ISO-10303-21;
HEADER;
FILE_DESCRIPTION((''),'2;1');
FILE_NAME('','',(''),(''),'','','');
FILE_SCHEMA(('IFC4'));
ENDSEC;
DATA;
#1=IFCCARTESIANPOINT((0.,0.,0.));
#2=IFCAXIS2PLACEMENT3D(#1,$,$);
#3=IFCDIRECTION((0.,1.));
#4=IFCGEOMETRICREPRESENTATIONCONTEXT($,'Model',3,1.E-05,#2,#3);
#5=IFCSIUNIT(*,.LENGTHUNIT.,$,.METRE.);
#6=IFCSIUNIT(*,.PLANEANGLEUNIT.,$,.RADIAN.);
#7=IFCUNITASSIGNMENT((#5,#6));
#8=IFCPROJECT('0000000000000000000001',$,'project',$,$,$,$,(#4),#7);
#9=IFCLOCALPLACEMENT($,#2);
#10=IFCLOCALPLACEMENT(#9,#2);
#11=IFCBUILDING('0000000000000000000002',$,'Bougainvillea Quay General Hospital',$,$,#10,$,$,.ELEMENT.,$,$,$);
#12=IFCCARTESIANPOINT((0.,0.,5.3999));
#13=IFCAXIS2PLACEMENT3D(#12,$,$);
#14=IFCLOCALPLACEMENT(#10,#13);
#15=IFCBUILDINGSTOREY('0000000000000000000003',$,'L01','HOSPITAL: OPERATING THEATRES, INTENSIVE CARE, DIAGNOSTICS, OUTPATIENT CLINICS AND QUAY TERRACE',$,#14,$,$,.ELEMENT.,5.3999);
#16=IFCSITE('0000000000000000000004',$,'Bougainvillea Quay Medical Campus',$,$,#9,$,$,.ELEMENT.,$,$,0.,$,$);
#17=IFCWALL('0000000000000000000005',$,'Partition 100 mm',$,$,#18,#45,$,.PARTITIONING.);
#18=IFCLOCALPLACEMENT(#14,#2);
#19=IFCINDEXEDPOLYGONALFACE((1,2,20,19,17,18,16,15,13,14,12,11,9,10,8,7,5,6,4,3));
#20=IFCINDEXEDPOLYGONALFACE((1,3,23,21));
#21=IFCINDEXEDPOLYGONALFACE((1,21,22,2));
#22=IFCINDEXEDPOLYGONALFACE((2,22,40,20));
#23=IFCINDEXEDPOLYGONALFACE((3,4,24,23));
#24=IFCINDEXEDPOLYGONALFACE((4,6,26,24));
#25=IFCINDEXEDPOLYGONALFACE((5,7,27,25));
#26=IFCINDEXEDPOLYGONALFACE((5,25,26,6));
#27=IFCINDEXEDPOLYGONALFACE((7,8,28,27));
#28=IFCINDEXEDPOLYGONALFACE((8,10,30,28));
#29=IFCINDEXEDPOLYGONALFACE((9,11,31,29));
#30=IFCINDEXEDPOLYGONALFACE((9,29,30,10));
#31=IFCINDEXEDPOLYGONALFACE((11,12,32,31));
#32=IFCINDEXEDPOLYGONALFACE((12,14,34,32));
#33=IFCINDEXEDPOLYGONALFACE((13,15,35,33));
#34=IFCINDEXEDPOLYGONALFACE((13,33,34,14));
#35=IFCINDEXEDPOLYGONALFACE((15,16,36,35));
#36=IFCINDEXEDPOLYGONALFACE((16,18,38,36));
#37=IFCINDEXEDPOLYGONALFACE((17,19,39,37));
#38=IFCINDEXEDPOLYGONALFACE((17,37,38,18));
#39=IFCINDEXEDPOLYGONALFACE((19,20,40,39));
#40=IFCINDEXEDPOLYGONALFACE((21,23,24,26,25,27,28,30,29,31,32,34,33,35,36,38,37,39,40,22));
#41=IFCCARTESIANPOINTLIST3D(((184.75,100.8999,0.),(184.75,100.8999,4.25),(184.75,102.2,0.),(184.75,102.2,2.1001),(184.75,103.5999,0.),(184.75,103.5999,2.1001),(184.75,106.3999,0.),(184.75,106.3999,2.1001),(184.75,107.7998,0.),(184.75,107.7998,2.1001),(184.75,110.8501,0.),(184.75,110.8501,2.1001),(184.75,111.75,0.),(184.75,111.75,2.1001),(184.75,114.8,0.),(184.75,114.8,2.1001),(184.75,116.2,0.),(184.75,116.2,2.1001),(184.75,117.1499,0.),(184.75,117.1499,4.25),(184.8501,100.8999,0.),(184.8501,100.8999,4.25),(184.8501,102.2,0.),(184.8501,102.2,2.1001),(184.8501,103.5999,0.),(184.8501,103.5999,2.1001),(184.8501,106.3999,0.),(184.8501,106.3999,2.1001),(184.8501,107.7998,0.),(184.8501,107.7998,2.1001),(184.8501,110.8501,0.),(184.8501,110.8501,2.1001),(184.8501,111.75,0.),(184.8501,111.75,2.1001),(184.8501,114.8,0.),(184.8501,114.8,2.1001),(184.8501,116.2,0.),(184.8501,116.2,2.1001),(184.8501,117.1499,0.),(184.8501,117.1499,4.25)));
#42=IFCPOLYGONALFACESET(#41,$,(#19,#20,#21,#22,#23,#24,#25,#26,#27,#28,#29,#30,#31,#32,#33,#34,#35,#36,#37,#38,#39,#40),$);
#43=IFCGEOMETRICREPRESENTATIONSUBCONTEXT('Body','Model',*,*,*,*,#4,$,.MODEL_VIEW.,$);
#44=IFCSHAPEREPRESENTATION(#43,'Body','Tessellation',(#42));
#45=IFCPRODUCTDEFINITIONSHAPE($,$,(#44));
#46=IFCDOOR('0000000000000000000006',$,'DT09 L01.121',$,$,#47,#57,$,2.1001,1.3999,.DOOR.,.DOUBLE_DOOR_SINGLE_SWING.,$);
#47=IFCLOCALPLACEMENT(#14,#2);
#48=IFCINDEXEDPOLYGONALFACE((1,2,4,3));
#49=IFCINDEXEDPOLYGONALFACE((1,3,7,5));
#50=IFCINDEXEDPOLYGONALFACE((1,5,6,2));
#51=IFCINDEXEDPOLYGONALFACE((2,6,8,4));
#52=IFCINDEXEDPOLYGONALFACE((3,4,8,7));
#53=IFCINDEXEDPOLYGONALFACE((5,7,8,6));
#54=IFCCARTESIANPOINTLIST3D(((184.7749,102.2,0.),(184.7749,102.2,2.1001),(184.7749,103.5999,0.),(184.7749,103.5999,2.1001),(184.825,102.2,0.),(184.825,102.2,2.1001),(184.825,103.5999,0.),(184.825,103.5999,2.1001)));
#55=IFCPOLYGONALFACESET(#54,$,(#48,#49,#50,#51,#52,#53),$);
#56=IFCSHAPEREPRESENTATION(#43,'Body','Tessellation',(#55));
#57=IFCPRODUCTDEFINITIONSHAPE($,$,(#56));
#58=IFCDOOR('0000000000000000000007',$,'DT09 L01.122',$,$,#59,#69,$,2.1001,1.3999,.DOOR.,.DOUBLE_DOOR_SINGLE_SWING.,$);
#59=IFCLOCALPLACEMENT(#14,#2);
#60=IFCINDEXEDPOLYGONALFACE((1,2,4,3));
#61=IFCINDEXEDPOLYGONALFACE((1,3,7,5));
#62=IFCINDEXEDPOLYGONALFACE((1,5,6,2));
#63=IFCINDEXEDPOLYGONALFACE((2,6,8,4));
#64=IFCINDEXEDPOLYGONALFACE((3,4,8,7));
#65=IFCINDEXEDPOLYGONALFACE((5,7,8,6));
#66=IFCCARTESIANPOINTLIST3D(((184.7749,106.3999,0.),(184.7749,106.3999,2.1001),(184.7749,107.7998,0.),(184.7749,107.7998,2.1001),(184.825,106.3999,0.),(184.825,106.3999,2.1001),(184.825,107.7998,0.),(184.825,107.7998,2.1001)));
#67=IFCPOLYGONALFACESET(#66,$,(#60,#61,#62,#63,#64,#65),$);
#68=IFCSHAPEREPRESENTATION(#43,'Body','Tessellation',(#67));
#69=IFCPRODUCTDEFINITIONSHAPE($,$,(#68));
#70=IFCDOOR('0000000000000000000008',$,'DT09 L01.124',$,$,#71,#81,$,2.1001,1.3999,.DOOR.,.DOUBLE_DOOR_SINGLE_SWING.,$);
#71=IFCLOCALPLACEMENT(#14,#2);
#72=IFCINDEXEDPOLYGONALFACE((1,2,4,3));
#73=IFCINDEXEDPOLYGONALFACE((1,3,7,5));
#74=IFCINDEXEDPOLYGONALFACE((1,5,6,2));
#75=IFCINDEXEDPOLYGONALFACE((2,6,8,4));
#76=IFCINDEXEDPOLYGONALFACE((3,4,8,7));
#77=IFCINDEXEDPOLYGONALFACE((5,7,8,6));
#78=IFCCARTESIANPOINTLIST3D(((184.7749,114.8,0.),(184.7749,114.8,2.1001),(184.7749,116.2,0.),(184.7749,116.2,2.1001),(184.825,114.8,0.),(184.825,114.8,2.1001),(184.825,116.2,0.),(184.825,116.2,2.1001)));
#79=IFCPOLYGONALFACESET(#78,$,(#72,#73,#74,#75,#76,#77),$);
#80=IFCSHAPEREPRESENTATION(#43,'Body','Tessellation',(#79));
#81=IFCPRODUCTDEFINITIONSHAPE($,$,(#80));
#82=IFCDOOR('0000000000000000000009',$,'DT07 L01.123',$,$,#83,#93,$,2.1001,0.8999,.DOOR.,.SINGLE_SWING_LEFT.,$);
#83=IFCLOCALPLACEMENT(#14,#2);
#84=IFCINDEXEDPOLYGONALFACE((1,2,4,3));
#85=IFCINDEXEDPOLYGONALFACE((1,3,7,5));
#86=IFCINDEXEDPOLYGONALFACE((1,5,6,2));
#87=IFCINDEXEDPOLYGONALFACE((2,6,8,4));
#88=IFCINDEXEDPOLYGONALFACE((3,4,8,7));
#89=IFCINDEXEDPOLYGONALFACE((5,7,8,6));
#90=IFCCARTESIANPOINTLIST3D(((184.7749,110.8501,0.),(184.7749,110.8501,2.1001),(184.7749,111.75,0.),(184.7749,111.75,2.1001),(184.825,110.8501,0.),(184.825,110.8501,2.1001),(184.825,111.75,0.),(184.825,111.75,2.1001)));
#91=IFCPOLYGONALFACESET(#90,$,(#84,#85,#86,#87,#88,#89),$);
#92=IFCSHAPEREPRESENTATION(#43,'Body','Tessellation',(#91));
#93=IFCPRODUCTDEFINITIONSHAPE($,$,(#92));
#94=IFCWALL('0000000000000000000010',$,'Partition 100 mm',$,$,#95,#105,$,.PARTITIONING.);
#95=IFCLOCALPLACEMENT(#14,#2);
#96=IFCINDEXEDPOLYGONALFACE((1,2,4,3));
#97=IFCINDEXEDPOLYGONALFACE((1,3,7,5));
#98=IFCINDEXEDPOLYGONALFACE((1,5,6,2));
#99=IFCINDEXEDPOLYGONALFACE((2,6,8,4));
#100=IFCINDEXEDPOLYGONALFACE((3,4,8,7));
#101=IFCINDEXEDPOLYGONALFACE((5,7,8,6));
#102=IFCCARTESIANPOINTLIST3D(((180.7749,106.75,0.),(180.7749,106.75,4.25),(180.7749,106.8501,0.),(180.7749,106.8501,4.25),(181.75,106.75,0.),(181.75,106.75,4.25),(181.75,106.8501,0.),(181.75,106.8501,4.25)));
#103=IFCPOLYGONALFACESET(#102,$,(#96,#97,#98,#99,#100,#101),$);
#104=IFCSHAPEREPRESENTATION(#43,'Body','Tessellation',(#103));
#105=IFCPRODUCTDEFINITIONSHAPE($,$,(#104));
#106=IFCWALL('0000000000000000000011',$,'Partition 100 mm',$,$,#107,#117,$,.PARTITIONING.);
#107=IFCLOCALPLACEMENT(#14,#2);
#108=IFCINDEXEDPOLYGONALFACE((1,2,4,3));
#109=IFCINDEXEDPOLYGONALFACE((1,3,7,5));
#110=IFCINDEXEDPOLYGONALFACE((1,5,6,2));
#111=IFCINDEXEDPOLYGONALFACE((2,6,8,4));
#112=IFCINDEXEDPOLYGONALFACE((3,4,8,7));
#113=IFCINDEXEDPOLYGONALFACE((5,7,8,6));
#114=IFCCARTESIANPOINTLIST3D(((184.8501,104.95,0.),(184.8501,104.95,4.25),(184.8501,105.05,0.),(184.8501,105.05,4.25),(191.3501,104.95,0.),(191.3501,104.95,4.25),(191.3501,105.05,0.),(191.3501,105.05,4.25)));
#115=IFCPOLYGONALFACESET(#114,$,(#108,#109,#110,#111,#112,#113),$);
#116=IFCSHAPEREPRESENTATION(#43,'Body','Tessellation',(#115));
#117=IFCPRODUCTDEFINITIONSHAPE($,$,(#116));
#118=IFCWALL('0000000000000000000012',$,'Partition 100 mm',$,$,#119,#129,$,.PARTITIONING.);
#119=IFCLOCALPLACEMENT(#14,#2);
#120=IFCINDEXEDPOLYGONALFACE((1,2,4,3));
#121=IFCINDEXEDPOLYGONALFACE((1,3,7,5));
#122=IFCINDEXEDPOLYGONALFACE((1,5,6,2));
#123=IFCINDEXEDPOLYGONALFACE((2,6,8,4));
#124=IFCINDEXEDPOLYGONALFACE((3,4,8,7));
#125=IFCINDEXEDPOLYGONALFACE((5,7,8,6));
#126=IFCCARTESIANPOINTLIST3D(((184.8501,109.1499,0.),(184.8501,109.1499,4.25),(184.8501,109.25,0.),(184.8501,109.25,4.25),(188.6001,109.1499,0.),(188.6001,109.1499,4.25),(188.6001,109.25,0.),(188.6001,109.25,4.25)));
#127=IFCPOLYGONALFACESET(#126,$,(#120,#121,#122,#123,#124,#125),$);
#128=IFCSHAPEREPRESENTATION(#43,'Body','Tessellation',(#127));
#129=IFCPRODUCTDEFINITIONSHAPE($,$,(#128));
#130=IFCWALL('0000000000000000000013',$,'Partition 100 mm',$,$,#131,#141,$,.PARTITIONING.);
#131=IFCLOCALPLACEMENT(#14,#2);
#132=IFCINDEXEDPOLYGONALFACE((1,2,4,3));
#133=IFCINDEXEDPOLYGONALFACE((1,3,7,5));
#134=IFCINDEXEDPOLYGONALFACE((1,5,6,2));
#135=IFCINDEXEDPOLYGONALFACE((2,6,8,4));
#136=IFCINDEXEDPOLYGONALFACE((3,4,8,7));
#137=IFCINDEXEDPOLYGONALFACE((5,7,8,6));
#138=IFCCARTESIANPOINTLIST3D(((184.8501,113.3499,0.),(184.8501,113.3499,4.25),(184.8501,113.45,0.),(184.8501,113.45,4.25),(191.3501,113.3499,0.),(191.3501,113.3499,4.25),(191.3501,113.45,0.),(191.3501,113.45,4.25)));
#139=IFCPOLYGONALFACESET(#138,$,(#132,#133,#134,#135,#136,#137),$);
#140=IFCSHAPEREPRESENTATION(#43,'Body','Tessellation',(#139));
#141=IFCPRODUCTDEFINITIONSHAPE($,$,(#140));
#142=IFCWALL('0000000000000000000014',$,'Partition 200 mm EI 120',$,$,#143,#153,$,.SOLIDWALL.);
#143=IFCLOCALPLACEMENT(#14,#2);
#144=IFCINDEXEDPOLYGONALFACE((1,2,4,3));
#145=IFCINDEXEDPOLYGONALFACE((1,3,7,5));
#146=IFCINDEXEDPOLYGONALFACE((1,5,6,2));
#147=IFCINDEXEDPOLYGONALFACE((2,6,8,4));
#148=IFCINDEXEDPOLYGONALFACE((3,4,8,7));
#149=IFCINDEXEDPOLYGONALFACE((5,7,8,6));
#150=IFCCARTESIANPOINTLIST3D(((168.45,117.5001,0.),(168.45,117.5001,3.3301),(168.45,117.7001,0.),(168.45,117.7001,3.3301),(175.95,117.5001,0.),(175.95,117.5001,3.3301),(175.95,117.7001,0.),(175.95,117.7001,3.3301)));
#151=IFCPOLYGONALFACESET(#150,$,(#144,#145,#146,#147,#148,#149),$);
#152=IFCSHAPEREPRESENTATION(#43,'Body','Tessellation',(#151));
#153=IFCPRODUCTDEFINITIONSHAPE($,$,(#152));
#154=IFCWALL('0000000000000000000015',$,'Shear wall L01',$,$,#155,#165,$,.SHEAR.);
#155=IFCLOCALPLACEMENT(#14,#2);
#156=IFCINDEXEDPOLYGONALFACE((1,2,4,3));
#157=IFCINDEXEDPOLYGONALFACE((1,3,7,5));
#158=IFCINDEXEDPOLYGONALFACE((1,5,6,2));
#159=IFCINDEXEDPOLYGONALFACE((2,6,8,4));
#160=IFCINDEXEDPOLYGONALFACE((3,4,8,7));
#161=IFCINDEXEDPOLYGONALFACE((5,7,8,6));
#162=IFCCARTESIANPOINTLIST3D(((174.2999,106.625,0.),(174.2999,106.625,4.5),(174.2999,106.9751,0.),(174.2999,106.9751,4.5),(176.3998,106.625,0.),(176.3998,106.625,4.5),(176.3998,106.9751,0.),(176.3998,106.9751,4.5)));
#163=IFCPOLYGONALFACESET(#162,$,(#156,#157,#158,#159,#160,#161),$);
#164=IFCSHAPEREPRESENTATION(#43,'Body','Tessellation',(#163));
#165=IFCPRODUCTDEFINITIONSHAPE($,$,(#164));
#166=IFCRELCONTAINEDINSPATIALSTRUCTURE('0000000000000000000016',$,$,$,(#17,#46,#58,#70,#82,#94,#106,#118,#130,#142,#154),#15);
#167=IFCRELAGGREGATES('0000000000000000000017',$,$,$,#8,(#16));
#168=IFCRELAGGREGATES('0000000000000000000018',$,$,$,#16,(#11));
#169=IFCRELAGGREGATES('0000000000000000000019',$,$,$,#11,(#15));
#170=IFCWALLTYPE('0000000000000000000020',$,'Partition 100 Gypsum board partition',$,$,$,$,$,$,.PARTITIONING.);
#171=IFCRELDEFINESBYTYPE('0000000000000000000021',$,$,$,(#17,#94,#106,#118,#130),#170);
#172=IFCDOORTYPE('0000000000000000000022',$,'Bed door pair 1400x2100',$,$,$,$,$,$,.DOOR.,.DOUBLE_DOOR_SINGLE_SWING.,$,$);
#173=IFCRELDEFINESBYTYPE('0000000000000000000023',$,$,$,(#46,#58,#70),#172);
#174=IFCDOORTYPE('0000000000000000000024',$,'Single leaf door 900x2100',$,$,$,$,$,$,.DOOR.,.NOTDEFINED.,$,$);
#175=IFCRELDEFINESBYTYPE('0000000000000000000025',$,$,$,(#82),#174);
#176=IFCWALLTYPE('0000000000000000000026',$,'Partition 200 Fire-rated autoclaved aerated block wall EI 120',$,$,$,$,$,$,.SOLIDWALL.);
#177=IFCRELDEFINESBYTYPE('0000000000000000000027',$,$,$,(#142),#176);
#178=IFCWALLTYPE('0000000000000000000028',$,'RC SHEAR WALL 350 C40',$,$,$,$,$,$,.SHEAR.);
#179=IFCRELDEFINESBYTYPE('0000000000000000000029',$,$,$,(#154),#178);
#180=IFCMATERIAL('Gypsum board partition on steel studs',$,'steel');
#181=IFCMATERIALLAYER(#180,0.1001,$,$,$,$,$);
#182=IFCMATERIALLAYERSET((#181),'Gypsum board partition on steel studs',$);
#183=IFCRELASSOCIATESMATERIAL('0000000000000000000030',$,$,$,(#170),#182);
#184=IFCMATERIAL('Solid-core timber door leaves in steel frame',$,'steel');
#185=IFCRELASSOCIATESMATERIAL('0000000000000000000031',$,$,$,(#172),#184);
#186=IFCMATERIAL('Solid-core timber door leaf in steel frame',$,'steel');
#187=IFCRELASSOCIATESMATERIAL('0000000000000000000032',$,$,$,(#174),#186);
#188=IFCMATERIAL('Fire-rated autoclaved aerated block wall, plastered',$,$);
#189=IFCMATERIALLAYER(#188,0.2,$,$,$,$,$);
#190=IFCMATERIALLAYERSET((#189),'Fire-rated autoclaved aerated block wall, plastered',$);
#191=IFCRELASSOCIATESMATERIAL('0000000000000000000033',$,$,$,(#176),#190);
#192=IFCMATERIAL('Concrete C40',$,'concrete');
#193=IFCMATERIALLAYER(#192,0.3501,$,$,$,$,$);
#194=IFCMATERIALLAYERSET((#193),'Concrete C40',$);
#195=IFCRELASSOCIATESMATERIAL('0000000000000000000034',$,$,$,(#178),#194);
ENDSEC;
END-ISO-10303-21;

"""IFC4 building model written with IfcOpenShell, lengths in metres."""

from ifc_helpers import new_model, si_unit, direction, frame, frame_2d, origin, place, context, subcontext, project, spatial, rectangle, extrude, material, layer, layer_set, type_object, element, fill, save


model = new_model("IFC4")

# Units and contexts
model_context = context("Model", 3, precision=1e-05, world=origin(), true_north=direction((0.0, 1.0)))
body_context = subcontext(model_context, "Body", "Model", "MODEL_VIEW")
ifc_project = project(units=[si_unit("LENGTHUNIT", "METRE"), si_unit("PLANEANGLEUNIT", "RADIAN")], contexts=[model_context])

# Site, building, storey
site_placement = place(None, origin())
site = spatial("IfcSite", under=ifc_project, at=site_placement, Name="Bougainvillea Quay Medical Campus", CompositionType="ELEMENT", RefElevation=0.0)
building_placement = place(site_placement, origin())
building = spatial("IfcBuilding", under=site, at=building_placement, Name="Bougainvillea Quay General Hospital", CompositionType="ELEMENT")
storey_placement = place(building_placement, frame((0.0, 0.0, 5.3999)))
storey = spatial("IfcBuildingStorey", under=building, at=storey_placement, Name="L01", Description="HOSPITAL: OPERATING THEATRES, INTENSIVE CARE, DIAGNOSTICS, OUTPATIENT CLINICS AND QUAY TERRACE", CompositionType="ELEMENT", Elevation=5.3999)

# Shared definitions
ifc_material_1 = material(Name="Concrete C40", Category="concrete")

# Shared definitions
ifc_material_2 = material(Name="Gypsum board partition on steel studs", Category="steel")
ifc_layer_1 = layer(ifc_material_2, 0.1001)
ifc_layer_set_1 = layer_set([ifc_layer_1], Name="Gypsum board partition on steel studs")
wall_type_1 = type_object("IfcWallType", Name="Partition 100 Gypsum board partition", PredefinedType="PARTITIONING", material=ifc_layer_set_1)

# Shared definitions
ifc_material_3 = material(Name="Solid-core timber door leaves in steel frame", Category="steel")
door_type_1 = type_object("IfcDoorType", Name="Bed door pair 1400x2100", OperationType="DOUBLE_DOOR_SINGLE_SWING", PredefinedType="DOOR", material=ifc_material_3)
ifc_material_4 = material(Name="Solid-core timber door leaf in steel frame", Category="steel")
door_type_2 = type_object("IfcDoorType", Name="Single leaf door 900x2100", OperationType="NOTDEFINED", PredefinedType="DOOR", material=ifc_material_4)

# Wall, openings, doors
wall_1_placement = place(storey_placement, frame((184.8, 117.1499, 0.0), z_axis=(0.0, 0.0, 1.0), x_axis=(0.0, -1.0, 0.0)))
wall_1 = element("IfcWall", 1, at=wall_1_placement, inside=storey, type_object=wall_type_1, Name="Partition 100 mm", PredefinedType="PARTITIONING", context=body_context, shape_type="SweptSolid", body=[
    extrude(rectangle(XDim=16.25, YDim=0.1001, at=frame_2d((8.125, 0.0))), origin(), (0.0, 0.0, 1.0), 4.25),
])
opening_1_placement = place(wall_1_placement, frame((13.55, 0.0, 0.0)))
opening_1 = element("IfcOpeningElement", 2, at=opening_1_placement, cuts=wall_1, PredefinedType="OPENING", context=body_context, shape_type="SweptSolid", body=[
    extrude(rectangle(XDim=1.3999, YDim=2.1001, at=frame_2d((0.7, 1.05))), frame((0.0, 0.0601, 0.0), z_axis=(0.0, -1.0, 0.0), x_axis=(1.0, 0.0, 0.0)), (0.0, 0.0, 1.0), 0.1201),
])
opening_2_placement = place(wall_1_placement, frame((9.3501, 0.0, 0.0)))
opening_2 = element("IfcOpeningElement", 3, at=opening_2_placement, cuts=wall_1, PredefinedType="OPENING", context=body_context, shape_type="SweptSolid", body=[
    extrude(rectangle(XDim=1.3999, YDim=2.1001, at=frame_2d((0.7, 1.05))), frame((0.0, 0.0601, 0.0), z_axis=(0.0, -1.0, 0.0), x_axis=(1.0, 0.0, 0.0)), (0.0, 0.0, 1.0), 0.1201),
])
opening_3_placement = place(wall_1_placement, frame((5.3999, 0.0, 0.0)))
opening_3 = element("IfcOpeningElement", 4, at=opening_3_placement, cuts=wall_1, PredefinedType="OPENING", context=body_context, shape_type="SweptSolid", body=[
    extrude(rectangle(XDim=0.8999, YDim=2.1001, at=frame_2d((0.45, 1.05))), frame((0.0, 0.0601, 0.0), z_axis=(0.0, -1.0, 0.0), x_axis=(1.0, 0.0, 0.0)), (0.0, 0.0, 1.0), 0.1201),
])
opening_4_placement = place(wall_1_placement, frame((0.95, 0.0, 0.0)))
opening_4 = element("IfcOpeningElement", 5, at=opening_4_placement, cuts=wall_1, PredefinedType="OPENING", context=body_context, shape_type="SweptSolid", body=[
    extrude(rectangle(XDim=1.3999, YDim=2.1001, at=frame_2d((0.7, 1.05))), frame((0.0, 0.0601, 0.0), z_axis=(0.0, -1.0, 0.0), x_axis=(1.0, 0.0, 0.0)), (0.0, 0.0, 1.0), 0.1201),
])
door_1_placement = place(opening_1_placement, origin())
door_1 = element("IfcDoor", 6, at=door_1_placement, inside=storey, type_object=door_type_1, Name="DT09 L01.121", OperationType="DOUBLE_DOOR_SINGLE_SWING", OverallHeight=2.1001, OverallWidth=1.3999, PredefinedType="DOOR", context=body_context, shape_type="SweptSolid", body=[
    extrude(rectangle(XDim=1.3999, YDim=2.1001, at=frame_2d((0.7, 1.05))), frame((0.0, 0.0249, 0.0), z_axis=(0.0, -1.0, 0.0), x_axis=(1.0, 0.0, 0.0)), (0.0, 0.0, 1.0), 0.05),
])
fill(opening_1, door_1)
door_2_placement = place(opening_2_placement, origin())
door_2 = element("IfcDoor", 7, at=door_2_placement, inside=storey, type_object=door_type_1, Name="DT09 L01.122", OperationType="DOUBLE_DOOR_SINGLE_SWING", OverallHeight=2.1001, OverallWidth=1.3999, PredefinedType="DOOR", context=body_context, shape_type="SweptSolid", body=[
    extrude(rectangle(XDim=1.3999, YDim=2.1001, at=frame_2d((0.7, 1.05))), frame((0.0, 0.0249, 0.0), z_axis=(0.0, -1.0, 0.0), x_axis=(1.0, 0.0, 0.0)), (0.0, 0.0, 1.0), 0.05),
])
fill(opening_2, door_2)
door_3_placement = place(opening_4_placement, origin())
door_3 = element("IfcDoor", 8, at=door_3_placement, inside=storey, type_object=door_type_1, Name="DT09 L01.124", OperationType="DOUBLE_DOOR_SINGLE_SWING", OverallHeight=2.1001, OverallWidth=1.3999, PredefinedType="DOOR", context=body_context, shape_type="SweptSolid", body=[
    extrude(rectangle(XDim=1.3999, YDim=2.1001, at=frame_2d((0.7, 1.05))), frame((0.0, 0.0249, 0.0), z_axis=(0.0, -1.0, 0.0), x_axis=(1.0, 0.0, 0.0)), (0.0, 0.0, 1.0), 0.05),
])
fill(opening_4, door_3)
door_4_placement = place(opening_3_placement, origin())
door_4 = element("IfcDoor", 9, at=door_4_placement, inside=storey, type_object=door_type_2, Name="DT07 L01.123", OperationType="SINGLE_SWING_LEFT", OverallHeight=2.1001, OverallWidth=0.8999, PredefinedType="DOOR", context=body_context, shape_type="SweptSolid", body=[
    extrude(rectangle(XDim=0.8999, YDim=2.1001, at=frame_2d((0.45, 1.05))), frame((0.0, 0.0249, 0.0), z_axis=(0.0, -1.0, 0.0), x_axis=(1.0, 0.0, 0.0)), (0.0, 0.0, 1.0), 0.05),
])
fill(opening_3, door_4)

# Walls
wall_2_placement = place(storey_placement, frame((180.7749, 106.8, 0.0), z_axis=(0.0, 0.0, 1.0), x_axis=(1.0, 0.0, 0.0)))
element("IfcWall", 10, at=wall_2_placement, inside=storey, type_object=wall_type_1, Name="Partition 100 mm", PredefinedType="PARTITIONING", context=body_context, shape_type="SweptSolid", body=[
    extrude(rectangle(XDim=0.9751, YDim=0.1001, at=frame_2d((0.4875, 0.0))), origin(), (0.0, 0.0, 1.0), 4.25),
])
wall_3_placement = place(storey_placement, frame((184.8501, 105.0, 0.0), z_axis=(0.0, 0.0, 1.0), x_axis=(1.0, 0.0, 0.0)))
element("IfcWall", 11, at=wall_3_placement, inside=storey, type_object=wall_type_1, Name="Partition 100 mm", PredefinedType="PARTITIONING", context=body_context, shape_type="SweptSolid", body=[
    extrude(rectangle(XDim=6.5, YDim=0.1001, at=frame_2d((3.25, 0.0))), origin(), (0.0, 0.0, 1.0), 4.25),
])
wall_4_placement = place(storey_placement, frame((184.8501, 109.2, 0.0), z_axis=(0.0, 0.0, 1.0), x_axis=(1.0, 0.0, 0.0)))
element("IfcWall", 12, at=wall_4_placement, inside=storey, type_object=wall_type_1, Name="Partition 100 mm", PredefinedType="PARTITIONING", context=body_context, shape_type="SweptSolid", body=[
    extrude(rectangle(XDim=3.75, YDim=0.1001, at=frame_2d((1.875, 0.0))), origin(), (0.0, 0.0, 1.0), 4.25),
])
wall_5_placement = place(storey_placement, frame((184.8501, 113.3999, 0.0), z_axis=(0.0, 0.0, 1.0), x_axis=(1.0, 0.0, 0.0)))
element("IfcWall", 13, at=wall_5_placement, inside=storey, type_object=wall_type_1, Name="Partition 100 mm", PredefinedType="PARTITIONING", context=body_context, shape_type="SweptSolid", body=[
    extrude(rectangle(XDim=6.5, YDim=0.1001, at=frame_2d((3.25, 0.0))), origin(), (0.0, 0.0, 1.0), 4.25),
])
ifc_material_5 = material(Name="Fire-rated autoclaved aerated block wall, plastered")
ifc_layer_2 = layer(ifc_material_5, 0.2)
ifc_layer_set_2 = layer_set([ifc_layer_2], Name="Fire-rated autoclaved aerated block wall, plastered")
wall_type_2 = type_object("IfcWallType", Name="Partition 200 Fire-rated autoclaved aerated block wall EI 120", PredefinedType="SOLIDWALL", material=ifc_layer_set_2)
wall_6_placement = place(storey_placement, frame((175.95, 117.6001, 0.0), z_axis=(0.0, 0.0, 1.0), x_axis=(-1.0, 0.0, 0.0)))
element("IfcWall", 14, at=wall_6_placement, inside=storey, type_object=wall_type_2, Name="Partition 200 mm EI 120", PredefinedType="SOLIDWALL", context=body_context, shape_type="SweptSolid", body=[
    extrude(rectangle(XDim=7.5, YDim=0.2, at=frame_2d((3.75, 0.0))), origin(), (0.0, 0.0, 1.0), 3.3301),
])
ifc_layer_3 = layer(ifc_material_1, 0.3501)
ifc_layer_set_3 = layer_set([ifc_layer_3], Name="Concrete C40")
wall_type_3 = type_object("IfcWallType", Name="RC SHEAR WALL 350 C40", PredefinedType="SHEAR", material=ifc_layer_set_3)
wall_7_placement = place(storey_placement, frame((174.3, 106.8, 0.0), z_axis=(0.0, 0.0, 1.0), x_axis=(1.0, 0.0, 0.0)))
element("IfcWall", 15, at=wall_7_placement, inside=storey, type_object=wall_type_3, Name="Shear wall L01", PredefinedType="SHEAR", context=body_context, shape_type="SweptSolid", body=[
    extrude(rectangle(XDim=2.0999, YDim=0.3501, at=frame_2d((1.0498, 0.0))), origin(), (0.0, 0.0, 1.0), 4.5),
])

save(model, "model.ifc")
